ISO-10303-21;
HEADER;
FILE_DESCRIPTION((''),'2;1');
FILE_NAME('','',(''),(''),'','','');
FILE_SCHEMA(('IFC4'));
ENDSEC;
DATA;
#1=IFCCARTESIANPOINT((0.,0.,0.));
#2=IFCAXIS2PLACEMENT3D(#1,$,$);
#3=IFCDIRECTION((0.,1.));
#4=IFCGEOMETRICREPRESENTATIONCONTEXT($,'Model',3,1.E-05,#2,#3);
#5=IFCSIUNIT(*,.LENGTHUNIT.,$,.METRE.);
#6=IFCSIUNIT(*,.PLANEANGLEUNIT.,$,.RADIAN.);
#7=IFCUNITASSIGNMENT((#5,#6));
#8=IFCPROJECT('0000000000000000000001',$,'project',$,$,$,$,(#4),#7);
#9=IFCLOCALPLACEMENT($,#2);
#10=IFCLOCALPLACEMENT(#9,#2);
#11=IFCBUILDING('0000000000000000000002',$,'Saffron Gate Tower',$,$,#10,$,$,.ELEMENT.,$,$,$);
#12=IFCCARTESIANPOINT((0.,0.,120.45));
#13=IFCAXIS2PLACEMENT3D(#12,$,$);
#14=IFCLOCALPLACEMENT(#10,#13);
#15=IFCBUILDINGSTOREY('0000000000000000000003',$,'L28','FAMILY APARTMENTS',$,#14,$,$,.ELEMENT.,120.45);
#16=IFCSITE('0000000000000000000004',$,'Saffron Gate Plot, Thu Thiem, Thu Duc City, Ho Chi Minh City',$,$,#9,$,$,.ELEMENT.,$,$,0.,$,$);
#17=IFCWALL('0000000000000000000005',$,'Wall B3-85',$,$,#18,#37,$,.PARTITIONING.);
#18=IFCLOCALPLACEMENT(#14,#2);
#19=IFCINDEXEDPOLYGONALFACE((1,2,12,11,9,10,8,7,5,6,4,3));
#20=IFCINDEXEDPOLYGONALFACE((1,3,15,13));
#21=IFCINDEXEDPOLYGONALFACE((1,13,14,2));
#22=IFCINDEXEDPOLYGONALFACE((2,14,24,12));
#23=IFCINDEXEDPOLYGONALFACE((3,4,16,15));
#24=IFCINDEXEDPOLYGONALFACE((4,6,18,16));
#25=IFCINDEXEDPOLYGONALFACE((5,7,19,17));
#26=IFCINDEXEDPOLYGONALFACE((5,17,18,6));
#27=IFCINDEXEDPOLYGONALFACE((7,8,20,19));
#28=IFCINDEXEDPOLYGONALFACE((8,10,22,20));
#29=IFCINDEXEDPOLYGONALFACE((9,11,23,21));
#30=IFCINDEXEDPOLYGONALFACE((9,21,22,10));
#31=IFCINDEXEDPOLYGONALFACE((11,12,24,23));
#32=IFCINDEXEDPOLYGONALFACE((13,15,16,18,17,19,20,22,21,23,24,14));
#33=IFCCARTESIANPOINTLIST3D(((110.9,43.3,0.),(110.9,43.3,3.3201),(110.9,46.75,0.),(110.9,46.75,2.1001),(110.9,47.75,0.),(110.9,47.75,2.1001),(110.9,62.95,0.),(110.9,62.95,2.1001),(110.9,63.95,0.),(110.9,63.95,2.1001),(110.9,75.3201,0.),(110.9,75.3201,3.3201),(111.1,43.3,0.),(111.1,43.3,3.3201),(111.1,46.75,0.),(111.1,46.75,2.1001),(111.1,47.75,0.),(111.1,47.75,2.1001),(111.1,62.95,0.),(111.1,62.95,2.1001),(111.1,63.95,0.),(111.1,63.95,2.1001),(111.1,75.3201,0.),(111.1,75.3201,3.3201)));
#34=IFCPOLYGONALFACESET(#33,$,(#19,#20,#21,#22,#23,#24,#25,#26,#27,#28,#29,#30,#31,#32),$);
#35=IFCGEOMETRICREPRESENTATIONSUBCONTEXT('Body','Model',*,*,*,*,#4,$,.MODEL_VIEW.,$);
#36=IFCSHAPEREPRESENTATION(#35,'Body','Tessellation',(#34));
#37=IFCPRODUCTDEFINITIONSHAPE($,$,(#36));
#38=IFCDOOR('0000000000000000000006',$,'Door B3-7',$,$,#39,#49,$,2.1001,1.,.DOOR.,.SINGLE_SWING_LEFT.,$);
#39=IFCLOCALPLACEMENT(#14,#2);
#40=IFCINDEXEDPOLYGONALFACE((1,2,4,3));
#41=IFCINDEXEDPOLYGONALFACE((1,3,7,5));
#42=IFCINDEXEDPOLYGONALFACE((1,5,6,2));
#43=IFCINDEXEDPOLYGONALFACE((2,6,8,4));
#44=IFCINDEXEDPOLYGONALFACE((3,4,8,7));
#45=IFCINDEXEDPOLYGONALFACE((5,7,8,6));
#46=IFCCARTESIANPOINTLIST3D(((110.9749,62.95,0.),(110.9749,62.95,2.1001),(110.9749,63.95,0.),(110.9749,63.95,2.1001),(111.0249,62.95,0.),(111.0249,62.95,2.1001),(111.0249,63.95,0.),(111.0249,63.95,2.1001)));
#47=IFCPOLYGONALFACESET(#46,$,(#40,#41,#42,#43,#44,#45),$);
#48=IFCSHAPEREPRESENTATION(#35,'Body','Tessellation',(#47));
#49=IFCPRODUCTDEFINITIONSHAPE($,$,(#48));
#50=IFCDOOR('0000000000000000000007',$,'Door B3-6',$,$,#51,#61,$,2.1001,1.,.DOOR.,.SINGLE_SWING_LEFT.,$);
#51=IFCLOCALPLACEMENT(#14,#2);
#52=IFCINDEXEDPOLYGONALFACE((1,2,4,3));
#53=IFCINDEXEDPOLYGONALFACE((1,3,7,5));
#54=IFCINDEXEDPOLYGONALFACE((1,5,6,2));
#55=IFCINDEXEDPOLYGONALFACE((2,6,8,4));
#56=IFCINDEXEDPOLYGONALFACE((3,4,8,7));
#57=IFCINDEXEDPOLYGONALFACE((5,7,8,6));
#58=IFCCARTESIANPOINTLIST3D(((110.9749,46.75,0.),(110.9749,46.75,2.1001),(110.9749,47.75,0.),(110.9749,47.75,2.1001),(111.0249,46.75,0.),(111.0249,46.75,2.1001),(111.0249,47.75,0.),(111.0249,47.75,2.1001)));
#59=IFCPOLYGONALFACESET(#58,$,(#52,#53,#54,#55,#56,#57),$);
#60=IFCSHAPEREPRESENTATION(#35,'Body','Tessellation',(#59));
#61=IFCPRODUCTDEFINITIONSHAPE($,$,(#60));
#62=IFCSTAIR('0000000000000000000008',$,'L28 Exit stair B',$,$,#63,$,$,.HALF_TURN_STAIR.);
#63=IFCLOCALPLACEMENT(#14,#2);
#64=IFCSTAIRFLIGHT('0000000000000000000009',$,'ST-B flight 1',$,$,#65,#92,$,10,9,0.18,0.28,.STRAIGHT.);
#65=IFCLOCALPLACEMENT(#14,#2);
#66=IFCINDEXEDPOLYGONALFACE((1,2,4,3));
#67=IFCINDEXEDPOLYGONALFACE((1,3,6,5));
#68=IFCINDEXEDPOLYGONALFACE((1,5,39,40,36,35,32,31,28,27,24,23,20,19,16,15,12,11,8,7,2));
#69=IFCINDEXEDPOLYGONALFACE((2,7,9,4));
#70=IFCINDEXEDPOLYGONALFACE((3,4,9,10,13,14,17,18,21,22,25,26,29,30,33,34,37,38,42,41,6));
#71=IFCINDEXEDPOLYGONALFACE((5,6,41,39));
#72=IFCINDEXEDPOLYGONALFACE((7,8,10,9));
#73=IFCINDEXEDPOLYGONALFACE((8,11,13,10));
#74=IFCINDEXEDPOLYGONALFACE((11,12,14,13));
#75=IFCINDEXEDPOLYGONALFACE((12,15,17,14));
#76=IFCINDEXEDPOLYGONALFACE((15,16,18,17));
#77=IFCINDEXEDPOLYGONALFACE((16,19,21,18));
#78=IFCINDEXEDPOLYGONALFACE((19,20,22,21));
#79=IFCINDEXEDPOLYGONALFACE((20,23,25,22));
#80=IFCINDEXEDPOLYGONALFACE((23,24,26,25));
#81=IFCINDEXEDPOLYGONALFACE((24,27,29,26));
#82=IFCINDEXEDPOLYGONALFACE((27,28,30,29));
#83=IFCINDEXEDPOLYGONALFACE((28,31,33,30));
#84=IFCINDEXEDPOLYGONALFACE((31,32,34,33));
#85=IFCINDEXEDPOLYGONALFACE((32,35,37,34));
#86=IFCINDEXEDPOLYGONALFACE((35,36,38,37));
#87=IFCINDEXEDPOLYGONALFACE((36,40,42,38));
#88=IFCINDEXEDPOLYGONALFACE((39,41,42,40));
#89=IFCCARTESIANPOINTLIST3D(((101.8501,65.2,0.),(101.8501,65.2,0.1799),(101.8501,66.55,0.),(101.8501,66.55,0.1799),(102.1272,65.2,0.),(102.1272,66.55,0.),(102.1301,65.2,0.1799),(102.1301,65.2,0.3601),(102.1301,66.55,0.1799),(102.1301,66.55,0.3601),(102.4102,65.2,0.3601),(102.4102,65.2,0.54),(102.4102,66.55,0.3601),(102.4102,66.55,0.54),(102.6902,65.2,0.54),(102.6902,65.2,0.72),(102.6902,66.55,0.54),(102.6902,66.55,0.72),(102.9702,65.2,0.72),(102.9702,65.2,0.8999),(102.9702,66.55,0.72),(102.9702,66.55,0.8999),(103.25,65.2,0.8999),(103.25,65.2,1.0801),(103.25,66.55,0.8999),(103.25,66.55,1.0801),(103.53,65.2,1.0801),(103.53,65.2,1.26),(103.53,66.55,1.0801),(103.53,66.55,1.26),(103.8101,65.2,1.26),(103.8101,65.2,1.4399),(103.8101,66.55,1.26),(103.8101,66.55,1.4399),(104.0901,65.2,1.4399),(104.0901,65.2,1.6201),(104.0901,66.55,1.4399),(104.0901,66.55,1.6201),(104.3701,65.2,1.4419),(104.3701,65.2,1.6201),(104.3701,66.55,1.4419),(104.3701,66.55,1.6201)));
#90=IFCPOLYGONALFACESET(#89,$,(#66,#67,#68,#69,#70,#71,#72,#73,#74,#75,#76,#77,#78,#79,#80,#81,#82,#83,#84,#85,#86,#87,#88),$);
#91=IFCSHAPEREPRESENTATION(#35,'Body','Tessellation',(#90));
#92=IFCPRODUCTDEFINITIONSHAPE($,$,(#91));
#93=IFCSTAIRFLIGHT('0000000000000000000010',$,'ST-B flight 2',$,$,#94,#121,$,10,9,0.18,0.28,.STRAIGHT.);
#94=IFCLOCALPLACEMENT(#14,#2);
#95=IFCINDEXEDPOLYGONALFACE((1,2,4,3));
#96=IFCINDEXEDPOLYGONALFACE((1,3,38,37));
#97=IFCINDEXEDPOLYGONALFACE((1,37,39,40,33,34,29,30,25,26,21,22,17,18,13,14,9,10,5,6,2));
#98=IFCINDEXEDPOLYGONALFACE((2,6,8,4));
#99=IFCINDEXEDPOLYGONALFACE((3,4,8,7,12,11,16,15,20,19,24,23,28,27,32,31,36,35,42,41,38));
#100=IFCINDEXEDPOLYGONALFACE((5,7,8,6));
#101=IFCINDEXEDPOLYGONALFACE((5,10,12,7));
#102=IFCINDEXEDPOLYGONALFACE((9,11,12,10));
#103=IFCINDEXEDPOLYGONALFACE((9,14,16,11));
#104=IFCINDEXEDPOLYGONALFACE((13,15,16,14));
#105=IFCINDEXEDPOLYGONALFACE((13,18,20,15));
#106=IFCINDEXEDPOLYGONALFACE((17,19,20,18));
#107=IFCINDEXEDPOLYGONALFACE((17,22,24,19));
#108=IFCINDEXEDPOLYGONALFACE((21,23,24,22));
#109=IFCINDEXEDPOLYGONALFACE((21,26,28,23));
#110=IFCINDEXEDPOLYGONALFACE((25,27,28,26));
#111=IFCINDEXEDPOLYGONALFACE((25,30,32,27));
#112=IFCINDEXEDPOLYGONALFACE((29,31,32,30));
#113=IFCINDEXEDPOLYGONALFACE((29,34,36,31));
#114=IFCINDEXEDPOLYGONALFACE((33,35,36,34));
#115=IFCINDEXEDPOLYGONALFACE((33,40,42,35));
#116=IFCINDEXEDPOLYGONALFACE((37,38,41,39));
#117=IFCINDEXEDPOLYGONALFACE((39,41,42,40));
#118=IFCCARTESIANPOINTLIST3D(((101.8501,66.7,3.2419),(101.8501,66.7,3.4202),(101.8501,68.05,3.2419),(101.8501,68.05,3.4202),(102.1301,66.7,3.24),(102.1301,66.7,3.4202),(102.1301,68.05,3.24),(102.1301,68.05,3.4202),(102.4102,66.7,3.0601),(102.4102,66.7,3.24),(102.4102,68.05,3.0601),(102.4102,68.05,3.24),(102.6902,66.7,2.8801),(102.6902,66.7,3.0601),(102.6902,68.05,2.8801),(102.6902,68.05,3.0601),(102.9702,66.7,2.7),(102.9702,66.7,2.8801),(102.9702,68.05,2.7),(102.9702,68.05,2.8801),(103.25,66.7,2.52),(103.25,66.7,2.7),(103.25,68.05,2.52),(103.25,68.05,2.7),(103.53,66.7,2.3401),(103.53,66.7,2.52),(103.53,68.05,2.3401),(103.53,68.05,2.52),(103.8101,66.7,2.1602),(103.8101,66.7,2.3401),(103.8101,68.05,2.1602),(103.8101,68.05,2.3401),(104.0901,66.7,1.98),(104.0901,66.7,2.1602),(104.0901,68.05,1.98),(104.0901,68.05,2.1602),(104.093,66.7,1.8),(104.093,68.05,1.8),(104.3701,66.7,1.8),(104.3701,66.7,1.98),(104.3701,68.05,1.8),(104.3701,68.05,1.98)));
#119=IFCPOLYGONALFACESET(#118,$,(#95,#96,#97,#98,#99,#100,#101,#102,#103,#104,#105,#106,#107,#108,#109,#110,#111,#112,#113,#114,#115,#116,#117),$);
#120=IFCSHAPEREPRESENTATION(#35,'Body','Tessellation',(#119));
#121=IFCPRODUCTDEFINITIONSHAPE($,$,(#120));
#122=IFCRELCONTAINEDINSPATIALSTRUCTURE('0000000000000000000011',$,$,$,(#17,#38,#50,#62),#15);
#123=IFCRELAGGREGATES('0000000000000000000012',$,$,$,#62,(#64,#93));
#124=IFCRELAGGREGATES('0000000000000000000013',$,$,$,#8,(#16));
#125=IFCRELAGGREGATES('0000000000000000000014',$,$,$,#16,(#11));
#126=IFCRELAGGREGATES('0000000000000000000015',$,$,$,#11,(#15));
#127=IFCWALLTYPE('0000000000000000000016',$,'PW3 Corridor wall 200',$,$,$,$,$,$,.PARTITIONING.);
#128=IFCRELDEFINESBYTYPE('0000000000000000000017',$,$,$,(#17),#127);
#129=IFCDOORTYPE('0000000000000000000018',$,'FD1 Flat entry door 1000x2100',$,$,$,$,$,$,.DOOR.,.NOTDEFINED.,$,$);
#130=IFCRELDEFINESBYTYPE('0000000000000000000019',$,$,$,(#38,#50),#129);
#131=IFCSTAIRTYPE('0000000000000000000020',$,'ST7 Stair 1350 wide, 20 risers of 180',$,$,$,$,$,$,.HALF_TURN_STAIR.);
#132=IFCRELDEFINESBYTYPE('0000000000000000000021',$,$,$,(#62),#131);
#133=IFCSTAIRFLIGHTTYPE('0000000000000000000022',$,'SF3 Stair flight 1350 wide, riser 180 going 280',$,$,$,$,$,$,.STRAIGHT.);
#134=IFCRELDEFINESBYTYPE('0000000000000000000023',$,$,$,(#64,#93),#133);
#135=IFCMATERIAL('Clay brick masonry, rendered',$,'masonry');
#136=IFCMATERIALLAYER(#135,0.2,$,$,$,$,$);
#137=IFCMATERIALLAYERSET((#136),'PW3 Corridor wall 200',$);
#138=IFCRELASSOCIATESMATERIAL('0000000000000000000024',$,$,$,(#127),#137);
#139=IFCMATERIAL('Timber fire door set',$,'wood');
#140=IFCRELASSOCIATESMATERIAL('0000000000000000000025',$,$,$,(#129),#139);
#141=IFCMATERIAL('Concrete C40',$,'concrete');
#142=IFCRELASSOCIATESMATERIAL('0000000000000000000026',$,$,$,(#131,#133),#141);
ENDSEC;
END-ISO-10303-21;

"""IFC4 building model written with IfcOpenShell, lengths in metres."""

from ifc_helpers import new_model, si_unit, direction, frame, frame_2d, origin, place, context, subcontext, project, spatial, polyline, rectangle, outline, extrude, material, layer, layer_set, type_object, element, fill, aggregate, save


model = new_model("IFC4")

# Units and contexts
model_context = context("Model", 3, precision=1e-05, world=origin(), true_north=direction((0.0, 1.0)))
body_context = subcontext(model_context, "Body", "Model", "MODEL_VIEW")
ifc_project = project(units=[si_unit("LENGTHUNIT", "METRE"), si_unit("PLANEANGLEUNIT", "RADIAN")], contexts=[model_context])

# Site, building, storey
site_placement = place(None, origin())
site = spatial("IfcSite", under=ifc_project, at=site_placement, Name="Saffron Gate Plot, Thu Thiem, Thu Duc City, Ho Chi Minh City", CompositionType="ELEMENT", RefElevation=0.0)
building_placement = place(site_placement, origin())
building = spatial("IfcBuilding", under=site, at=building_placement, Name="Saffron Gate Tower", CompositionType="ELEMENT")
storey_placement = place(building_placement, frame((0.0, 0.0, 120.45)))
storey = spatial("IfcBuildingStorey", under=building, at=storey_placement, Name="L28", Description="FAMILY APARTMENTS", CompositionType="ELEMENT", Elevation=120.45)

# Shared definitions
ifc_material_1 = material(Name="Clay brick masonry, rendered", Category="masonry")

# Shared definitions
ifc_layer_1 = layer(ifc_material_1, 0.2)
ifc_layer_set_1 = layer_set([ifc_layer_1], Name="PW3 Corridor wall 200")
wall_type_1 = type_object("IfcWallType", Name="PW3 Corridor wall 200", PredefinedType="PARTITIONING", material=ifc_layer_set_1)

# Wall, openings, doors
wall_1_placement = place(storey_placement, frame((111.0, 75.3201, 0.0), z_axis=(0.0, 0.0, 1.0), x_axis=(0.0, -1.0, 0.0)))
wall_1 = element("IfcWall", 1, at=wall_1_placement, inside=storey, type_object=wall_type_1, Name="Wall B3-85", PredefinedType="PARTITIONING", context=body_context, shape_type="SweptSolid", body=[
    extrude(rectangle(XDim=32.02, YDim=0.2, at=frame_2d((16.01, 0.0))), origin(), (0.0, 0.0, 1.0), 3.3201),
])
opening_1_placement = place(wall_1_placement, frame((11.3701, 0.0, 0.0)))
opening_1 = element("IfcOpeningElement", 2, at=opening_1_placement, cuts=wall_1, PredefinedType="OPENING", context=body_context, shape_type="SweptSolid", body=[
    extrude(rectangle(XDim=1.0, YDim=2.1001, at=frame_2d((0.5, 1.05))), frame((0.0, 0.1099, 0.0), z_axis=(0.0, -1.0, 0.0), x_axis=(1.0, 0.0, 0.0)), (0.0, 0.0, 1.0), 0.22),
])
opening_2_placement = place(wall_1_placement, frame((27.5701, 0.0, 0.0)))
opening_2 = element("IfcOpeningElement", 3, at=opening_2_placement, cuts=wall_1, PredefinedType="OPENING", context=body_context, shape_type="SweptSolid", body=[
    extrude(rectangle(XDim=1.0, YDim=2.1001, at=frame_2d((0.5, 1.05))), frame((0.0, 0.1099, 0.0), z_axis=(0.0, -1.0, 0.0), x_axis=(1.0, 0.0, 0.0)), (0.0, 0.0, 1.0), 0.22),
])
ifc_material_2 = material(Name="Timber fire door set", Category="wood")
door_type_1 = type_object("IfcDoorType", Name="FD1 Flat entry door 1000x2100", OperationType="NOTDEFINED", PredefinedType="DOOR", material=ifc_material_2)
door_1_placement = place(opening_1_placement, origin())
door_1 = element("IfcDoor", 4, at=door_1_placement, inside=storey, type_object=door_type_1, Name="Door B3-7", OperationType="SINGLE_SWING_LEFT", OverallHeight=2.1001, OverallWidth=1.0, PredefinedType="DOOR", context=body_context, shape_type="SweptSolid", body=[
    extrude(rectangle(XDim=1.0, YDim=2.1001, at=frame_2d((0.5, 1.05))), frame((0.0, 0.0249, 0.0), z_axis=(0.0, -1.0, 0.0), x_axis=(1.0, 0.0, 0.0)), (0.0, 0.0, 1.0), 0.05),
])
fill(opening_1, door_1)
door_2_placement = place(opening_2_placement, origin())
door_2 = element("IfcDoor", 5, at=door_2_placement, inside=storey, type_object=door_type_1, Name="Door B3-6", OperationType="SINGLE_SWING_LEFT", OverallHeight=2.1001, OverallWidth=1.0, PredefinedType="DOOR", context=body_context, shape_type="SweptSolid", body=[
    extrude(rectangle(XDim=1.0, YDim=2.1001, at=frame_2d((0.5, 1.05))), frame((0.0, 0.0249, 0.0), z_axis=(0.0, -1.0, 0.0), x_axis=(1.0, 0.0, 0.0)), (0.0, 0.0, 1.0), 0.05),
])
fill(opening_2, door_2)

# Stair, stair flights
ifc_material_3 = material(Name="Concrete C40", Category="concrete")
stair_type = type_object("IfcStairType", Name="ST7 Stair 1350 wide, 20 risers of 180", PredefinedType="HALF_TURN_STAIR", material=ifc_material_3)
stair_placement = place(storey_placement, origin())
stair = element("IfcStair", 6, at=stair_placement, inside=storey, type_object=stair_type, Name="L28 Exit stair B", PredefinedType="HALF_TURN_STAIR")
stair_flight_type = type_object("IfcStairFlightType", Name="SF3 Stair flight 1350 wide, riser 180 going 280", PredefinedType="STRAIGHT", material=ifc_material_3)
stair_flight_1_placement = place(storey_placement, frame((101.8501, 65.875, 0.0), z_axis=(0.0, 0.0, 1.0), x_axis=(1.0, 0.0, 0.0)))
stair_flight_1 = element("IfcStairFlight", 7, at=stair_flight_1_placement, type_object=stair_flight_type, Name="ST-B flight 1", NumberOfRisers=10, NumberOfTreads=9, PredefinedType="STRAIGHT", RiserHeight=0.18, TreadLength=0.28, context=body_context, shape_type="SweptSolid", body=[
    extrude(outline(polyline([(0.0, 0.0), (0.0, 0.1799), (0.28, 0.1799), (0.28, 0.3601), (0.5601, 0.3601), (0.5601, 0.54), (0.8401, 0.54), (0.8401, 0.72), (1.1201, 0.72), (1.1201, 0.8999), (1.3999, 0.8999), (1.3999, 1.0801), (1.6799, 1.0801), (1.6799, 1.26), (1.96, 1.26), (1.96, 1.4399), (2.24, 1.4399), (2.24, 1.6201), (2.52, 1.6201), (2.52, 1.8), (2.52, 1.4419), (0.2771, 0.0), (0.0, 0.0)])), frame((0.0, 0.675, 0.0), z_axis=(0.0, -1.0, 0.0), x_axis=(1.0, 0.0, 0.0)), (0.0, 0.0, 1.0), 1.3501),
])
stair_flight_2_placement = place(storey_placement, frame((104.3701, 67.375, 1.8), z_axis=(0.0, 0.0, 1.0), x_axis=(-1.0, 0.0, 0.0)))
stair_flight_2 = element("IfcStairFlight", 8, at=stair_flight_2_placement, type_object=stair_flight_type, Name="ST-B flight 2", NumberOfRisers=10, NumberOfTreads=9, PredefinedType="STRAIGHT", RiserHeight=0.18, TreadLength=0.28, context=body_context, shape_type="SweptSolid", body=[
    extrude(outline(polyline([(0.0, 0.0), (0.0, 0.1799), (0.28, 0.1799), (0.28, 0.3601), (0.5601, 0.3601), (0.5601, 0.54), (0.8401, 0.54), (0.8401, 0.72), (1.1201, 0.72), (1.1201, 0.8999), (1.3999, 0.8999), (1.3999, 1.0801), (1.6799, 1.0801), (1.6799, 1.26), (1.96, 1.26), (1.96, 1.4399), (2.24, 1.4399), (2.24, 1.6201), (2.52, 1.6201), (2.52, 1.8), (2.52, 1.4419), (0.2771, 0.0), (0.0, 0.0)])), frame((0.0, 0.675, 0.0), z_axis=(0.0, -1.0, 0.0), x_axis=(1.0, 0.0, 0.0)), (0.0, 0.0, 1.0), 1.3501),
])
aggregate(stair, [stair_flight_1, stair_flight_2])

save(model, "model.ifc")
